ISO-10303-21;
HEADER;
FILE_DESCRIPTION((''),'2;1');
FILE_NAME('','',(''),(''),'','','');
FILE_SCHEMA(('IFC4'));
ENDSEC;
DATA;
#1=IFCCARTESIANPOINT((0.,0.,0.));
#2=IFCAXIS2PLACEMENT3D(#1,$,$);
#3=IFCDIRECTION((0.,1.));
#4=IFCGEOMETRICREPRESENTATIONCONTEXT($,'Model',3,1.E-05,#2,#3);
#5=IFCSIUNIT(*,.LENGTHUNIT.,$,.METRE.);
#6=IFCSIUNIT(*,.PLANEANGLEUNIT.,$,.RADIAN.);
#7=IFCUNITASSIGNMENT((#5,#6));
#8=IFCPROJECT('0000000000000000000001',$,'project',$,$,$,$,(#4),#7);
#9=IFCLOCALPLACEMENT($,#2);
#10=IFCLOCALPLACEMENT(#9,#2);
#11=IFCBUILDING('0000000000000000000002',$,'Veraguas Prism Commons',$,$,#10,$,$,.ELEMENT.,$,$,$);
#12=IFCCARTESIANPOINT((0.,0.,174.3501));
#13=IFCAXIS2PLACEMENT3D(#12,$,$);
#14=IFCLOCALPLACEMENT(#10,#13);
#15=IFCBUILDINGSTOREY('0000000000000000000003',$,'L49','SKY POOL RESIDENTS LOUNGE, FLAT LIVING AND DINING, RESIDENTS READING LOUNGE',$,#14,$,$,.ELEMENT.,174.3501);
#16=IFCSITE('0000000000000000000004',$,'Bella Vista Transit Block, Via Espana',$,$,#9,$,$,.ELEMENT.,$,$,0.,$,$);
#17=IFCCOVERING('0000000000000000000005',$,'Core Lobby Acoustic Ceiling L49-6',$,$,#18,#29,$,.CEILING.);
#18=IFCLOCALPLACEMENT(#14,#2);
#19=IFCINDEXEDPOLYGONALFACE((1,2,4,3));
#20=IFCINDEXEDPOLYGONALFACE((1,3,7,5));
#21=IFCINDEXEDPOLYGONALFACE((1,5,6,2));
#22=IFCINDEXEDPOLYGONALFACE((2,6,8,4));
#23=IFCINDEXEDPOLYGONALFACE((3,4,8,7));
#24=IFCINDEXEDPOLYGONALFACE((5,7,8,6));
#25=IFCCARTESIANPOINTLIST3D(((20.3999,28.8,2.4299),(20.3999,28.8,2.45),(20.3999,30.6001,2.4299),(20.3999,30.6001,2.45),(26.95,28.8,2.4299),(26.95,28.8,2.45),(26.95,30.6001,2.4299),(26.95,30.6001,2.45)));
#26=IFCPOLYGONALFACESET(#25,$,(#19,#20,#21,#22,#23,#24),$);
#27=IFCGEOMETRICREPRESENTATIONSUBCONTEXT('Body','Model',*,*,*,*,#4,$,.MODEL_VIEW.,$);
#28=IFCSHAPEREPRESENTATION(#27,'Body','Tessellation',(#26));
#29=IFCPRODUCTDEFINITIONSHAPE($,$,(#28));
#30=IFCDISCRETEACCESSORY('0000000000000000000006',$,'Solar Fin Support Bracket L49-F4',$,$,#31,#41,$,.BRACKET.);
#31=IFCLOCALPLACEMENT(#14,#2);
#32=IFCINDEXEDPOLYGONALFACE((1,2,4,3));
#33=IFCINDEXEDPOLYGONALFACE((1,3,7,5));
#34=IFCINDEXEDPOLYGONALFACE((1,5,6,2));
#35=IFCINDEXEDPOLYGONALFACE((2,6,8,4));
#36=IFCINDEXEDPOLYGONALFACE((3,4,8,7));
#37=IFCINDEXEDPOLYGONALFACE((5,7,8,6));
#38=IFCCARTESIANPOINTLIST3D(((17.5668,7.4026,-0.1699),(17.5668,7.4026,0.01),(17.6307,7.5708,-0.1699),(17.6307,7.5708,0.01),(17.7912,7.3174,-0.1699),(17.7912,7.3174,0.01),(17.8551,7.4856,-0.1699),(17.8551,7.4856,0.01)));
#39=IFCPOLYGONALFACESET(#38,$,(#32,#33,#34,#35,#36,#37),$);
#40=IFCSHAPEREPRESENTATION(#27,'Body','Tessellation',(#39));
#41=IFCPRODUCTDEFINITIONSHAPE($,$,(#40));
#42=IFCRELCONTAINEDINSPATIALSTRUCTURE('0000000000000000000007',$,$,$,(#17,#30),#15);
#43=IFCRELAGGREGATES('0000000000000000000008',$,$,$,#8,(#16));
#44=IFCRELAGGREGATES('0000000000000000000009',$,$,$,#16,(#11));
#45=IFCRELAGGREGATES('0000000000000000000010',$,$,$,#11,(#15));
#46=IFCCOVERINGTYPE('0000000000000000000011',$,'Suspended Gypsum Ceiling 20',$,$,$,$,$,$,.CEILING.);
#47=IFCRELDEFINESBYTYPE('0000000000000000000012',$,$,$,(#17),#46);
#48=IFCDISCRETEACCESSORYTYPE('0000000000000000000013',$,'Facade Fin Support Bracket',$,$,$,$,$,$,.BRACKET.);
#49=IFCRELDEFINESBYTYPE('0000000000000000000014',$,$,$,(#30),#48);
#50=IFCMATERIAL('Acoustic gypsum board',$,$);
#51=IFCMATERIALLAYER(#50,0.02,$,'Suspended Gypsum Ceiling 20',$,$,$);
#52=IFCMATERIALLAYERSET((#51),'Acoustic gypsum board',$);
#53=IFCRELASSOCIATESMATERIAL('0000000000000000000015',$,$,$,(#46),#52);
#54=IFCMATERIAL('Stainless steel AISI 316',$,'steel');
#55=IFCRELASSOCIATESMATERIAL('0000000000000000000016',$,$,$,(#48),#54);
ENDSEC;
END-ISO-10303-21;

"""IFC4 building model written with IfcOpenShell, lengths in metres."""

from ifc_helpers import new_model, si_unit, direction, frame, origin, origin_2d, place, context, subcontext, project, spatial, polyline, rectangle, outline, extrude, source, transform, mapped, material, layer, layer_set, type_object, element, save


model = new_model("IFC4")

# Units and contexts
model_context = context("Model", 3, precision=1e-05, world=origin(), true_north=direction((0.0, 1.0)))
body_context = subcontext(model_context, "Body", "Model", "MODEL_VIEW")
ifc_project = project(units=[si_unit("LENGTHUNIT", "METRE"), si_unit("PLANEANGLEUNIT", "RADIAN")], contexts=[model_context])

# Site, building, storey
site_placement = place(None, origin())
site = spatial("IfcSite", under=ifc_project, at=site_placement, Name="Bella Vista Transit Block, Via Espana", CompositionType="ELEMENT", RefElevation=0.0)
building_placement = place(site_placement, origin())
building = spatial("IfcBuilding", under=site, at=building_placement, Name="Veraguas Prism Commons", CompositionType="ELEMENT")
storey_placement = place(building_placement, frame((0.0, 0.0, 174.3501)))
storey = spatial("IfcBuildingStorey", under=building, at=storey_placement, Name="L49", Description="SKY POOL RESIDENTS LOUNGE, FLAT LIVING AND DINING, RESIDENTS READING LOUNGE", CompositionType="ELEMENT", Elevation=174.3501)

# Covering
ifc_material_1 = material(Name="Acoustic gypsum board")
ifc_layer_1 = layer(ifc_material_1, 0.02, Name="Suspended Gypsum Ceiling 20")
ifc_layer_set_1 = layer_set([ifc_layer_1], Name="Acoustic gypsum board")
covering_type_1 = type_object("IfcCoveringType", Name="Suspended Gypsum Ceiling 20", PredefinedType="CEILING", material=ifc_layer_set_1)
covering_1_placement = place(storey_placement, frame((0.0, 0.0, 2.4299)))
element("IfcCovering", 1, at=covering_1_placement, inside=storey, type_object=covering_type_1, Name="Core Lobby Acoustic Ceiling L49-6", PredefinedType="CEILING", context=body_context, shape_type="SweptSolid", body=[
    extrude(outline(polyline([(20.3999, 28.8), (26.95, 28.8), (26.95, 30.6001), (20.3999, 30.6001), (20.3999, 28.8)])), origin(), (0.0, 0.0, 1.0), 0.02),
])

# Discrete accessory
ifc_material_2 = material(Name="Stainless steel AISI 316", Category="steel")
discrete_accessory_type = type_object("IfcDiscreteAccessoryType", Name="Facade Fin Support Bracket", PredefinedType="BRACKET", material=ifc_material_2)
shared_shape_1 = source(origin(), body_context, "Body", "SweptSolid", [
    extrude(rectangle(XDim=0.24, YDim=0.1799, at=origin_2d()), origin(), (0.0, 0.0, 1.0), 0.1799),
])
discrete_accessory_placement = place(storey_placement, frame((17.7109, 7.4441, -0.1699), z_axis=(0.0, 0.0, 1.0), x_axis=(0.934825, -0.355109, 0.0)))
element("IfcDiscreteAccessory", 2, at=discrete_accessory_placement, inside=storey, type_object=discrete_accessory_type, Name="Solar Fin Support Bracket L49-F4", PredefinedType="BRACKET", context=body_context, shape_type="MappedRepresentation", body=[
    mapped(shared_shape_1, transform((0.0, 0.0, 0.0), scale=1.0)),
])

save(model, "model.ifc")
